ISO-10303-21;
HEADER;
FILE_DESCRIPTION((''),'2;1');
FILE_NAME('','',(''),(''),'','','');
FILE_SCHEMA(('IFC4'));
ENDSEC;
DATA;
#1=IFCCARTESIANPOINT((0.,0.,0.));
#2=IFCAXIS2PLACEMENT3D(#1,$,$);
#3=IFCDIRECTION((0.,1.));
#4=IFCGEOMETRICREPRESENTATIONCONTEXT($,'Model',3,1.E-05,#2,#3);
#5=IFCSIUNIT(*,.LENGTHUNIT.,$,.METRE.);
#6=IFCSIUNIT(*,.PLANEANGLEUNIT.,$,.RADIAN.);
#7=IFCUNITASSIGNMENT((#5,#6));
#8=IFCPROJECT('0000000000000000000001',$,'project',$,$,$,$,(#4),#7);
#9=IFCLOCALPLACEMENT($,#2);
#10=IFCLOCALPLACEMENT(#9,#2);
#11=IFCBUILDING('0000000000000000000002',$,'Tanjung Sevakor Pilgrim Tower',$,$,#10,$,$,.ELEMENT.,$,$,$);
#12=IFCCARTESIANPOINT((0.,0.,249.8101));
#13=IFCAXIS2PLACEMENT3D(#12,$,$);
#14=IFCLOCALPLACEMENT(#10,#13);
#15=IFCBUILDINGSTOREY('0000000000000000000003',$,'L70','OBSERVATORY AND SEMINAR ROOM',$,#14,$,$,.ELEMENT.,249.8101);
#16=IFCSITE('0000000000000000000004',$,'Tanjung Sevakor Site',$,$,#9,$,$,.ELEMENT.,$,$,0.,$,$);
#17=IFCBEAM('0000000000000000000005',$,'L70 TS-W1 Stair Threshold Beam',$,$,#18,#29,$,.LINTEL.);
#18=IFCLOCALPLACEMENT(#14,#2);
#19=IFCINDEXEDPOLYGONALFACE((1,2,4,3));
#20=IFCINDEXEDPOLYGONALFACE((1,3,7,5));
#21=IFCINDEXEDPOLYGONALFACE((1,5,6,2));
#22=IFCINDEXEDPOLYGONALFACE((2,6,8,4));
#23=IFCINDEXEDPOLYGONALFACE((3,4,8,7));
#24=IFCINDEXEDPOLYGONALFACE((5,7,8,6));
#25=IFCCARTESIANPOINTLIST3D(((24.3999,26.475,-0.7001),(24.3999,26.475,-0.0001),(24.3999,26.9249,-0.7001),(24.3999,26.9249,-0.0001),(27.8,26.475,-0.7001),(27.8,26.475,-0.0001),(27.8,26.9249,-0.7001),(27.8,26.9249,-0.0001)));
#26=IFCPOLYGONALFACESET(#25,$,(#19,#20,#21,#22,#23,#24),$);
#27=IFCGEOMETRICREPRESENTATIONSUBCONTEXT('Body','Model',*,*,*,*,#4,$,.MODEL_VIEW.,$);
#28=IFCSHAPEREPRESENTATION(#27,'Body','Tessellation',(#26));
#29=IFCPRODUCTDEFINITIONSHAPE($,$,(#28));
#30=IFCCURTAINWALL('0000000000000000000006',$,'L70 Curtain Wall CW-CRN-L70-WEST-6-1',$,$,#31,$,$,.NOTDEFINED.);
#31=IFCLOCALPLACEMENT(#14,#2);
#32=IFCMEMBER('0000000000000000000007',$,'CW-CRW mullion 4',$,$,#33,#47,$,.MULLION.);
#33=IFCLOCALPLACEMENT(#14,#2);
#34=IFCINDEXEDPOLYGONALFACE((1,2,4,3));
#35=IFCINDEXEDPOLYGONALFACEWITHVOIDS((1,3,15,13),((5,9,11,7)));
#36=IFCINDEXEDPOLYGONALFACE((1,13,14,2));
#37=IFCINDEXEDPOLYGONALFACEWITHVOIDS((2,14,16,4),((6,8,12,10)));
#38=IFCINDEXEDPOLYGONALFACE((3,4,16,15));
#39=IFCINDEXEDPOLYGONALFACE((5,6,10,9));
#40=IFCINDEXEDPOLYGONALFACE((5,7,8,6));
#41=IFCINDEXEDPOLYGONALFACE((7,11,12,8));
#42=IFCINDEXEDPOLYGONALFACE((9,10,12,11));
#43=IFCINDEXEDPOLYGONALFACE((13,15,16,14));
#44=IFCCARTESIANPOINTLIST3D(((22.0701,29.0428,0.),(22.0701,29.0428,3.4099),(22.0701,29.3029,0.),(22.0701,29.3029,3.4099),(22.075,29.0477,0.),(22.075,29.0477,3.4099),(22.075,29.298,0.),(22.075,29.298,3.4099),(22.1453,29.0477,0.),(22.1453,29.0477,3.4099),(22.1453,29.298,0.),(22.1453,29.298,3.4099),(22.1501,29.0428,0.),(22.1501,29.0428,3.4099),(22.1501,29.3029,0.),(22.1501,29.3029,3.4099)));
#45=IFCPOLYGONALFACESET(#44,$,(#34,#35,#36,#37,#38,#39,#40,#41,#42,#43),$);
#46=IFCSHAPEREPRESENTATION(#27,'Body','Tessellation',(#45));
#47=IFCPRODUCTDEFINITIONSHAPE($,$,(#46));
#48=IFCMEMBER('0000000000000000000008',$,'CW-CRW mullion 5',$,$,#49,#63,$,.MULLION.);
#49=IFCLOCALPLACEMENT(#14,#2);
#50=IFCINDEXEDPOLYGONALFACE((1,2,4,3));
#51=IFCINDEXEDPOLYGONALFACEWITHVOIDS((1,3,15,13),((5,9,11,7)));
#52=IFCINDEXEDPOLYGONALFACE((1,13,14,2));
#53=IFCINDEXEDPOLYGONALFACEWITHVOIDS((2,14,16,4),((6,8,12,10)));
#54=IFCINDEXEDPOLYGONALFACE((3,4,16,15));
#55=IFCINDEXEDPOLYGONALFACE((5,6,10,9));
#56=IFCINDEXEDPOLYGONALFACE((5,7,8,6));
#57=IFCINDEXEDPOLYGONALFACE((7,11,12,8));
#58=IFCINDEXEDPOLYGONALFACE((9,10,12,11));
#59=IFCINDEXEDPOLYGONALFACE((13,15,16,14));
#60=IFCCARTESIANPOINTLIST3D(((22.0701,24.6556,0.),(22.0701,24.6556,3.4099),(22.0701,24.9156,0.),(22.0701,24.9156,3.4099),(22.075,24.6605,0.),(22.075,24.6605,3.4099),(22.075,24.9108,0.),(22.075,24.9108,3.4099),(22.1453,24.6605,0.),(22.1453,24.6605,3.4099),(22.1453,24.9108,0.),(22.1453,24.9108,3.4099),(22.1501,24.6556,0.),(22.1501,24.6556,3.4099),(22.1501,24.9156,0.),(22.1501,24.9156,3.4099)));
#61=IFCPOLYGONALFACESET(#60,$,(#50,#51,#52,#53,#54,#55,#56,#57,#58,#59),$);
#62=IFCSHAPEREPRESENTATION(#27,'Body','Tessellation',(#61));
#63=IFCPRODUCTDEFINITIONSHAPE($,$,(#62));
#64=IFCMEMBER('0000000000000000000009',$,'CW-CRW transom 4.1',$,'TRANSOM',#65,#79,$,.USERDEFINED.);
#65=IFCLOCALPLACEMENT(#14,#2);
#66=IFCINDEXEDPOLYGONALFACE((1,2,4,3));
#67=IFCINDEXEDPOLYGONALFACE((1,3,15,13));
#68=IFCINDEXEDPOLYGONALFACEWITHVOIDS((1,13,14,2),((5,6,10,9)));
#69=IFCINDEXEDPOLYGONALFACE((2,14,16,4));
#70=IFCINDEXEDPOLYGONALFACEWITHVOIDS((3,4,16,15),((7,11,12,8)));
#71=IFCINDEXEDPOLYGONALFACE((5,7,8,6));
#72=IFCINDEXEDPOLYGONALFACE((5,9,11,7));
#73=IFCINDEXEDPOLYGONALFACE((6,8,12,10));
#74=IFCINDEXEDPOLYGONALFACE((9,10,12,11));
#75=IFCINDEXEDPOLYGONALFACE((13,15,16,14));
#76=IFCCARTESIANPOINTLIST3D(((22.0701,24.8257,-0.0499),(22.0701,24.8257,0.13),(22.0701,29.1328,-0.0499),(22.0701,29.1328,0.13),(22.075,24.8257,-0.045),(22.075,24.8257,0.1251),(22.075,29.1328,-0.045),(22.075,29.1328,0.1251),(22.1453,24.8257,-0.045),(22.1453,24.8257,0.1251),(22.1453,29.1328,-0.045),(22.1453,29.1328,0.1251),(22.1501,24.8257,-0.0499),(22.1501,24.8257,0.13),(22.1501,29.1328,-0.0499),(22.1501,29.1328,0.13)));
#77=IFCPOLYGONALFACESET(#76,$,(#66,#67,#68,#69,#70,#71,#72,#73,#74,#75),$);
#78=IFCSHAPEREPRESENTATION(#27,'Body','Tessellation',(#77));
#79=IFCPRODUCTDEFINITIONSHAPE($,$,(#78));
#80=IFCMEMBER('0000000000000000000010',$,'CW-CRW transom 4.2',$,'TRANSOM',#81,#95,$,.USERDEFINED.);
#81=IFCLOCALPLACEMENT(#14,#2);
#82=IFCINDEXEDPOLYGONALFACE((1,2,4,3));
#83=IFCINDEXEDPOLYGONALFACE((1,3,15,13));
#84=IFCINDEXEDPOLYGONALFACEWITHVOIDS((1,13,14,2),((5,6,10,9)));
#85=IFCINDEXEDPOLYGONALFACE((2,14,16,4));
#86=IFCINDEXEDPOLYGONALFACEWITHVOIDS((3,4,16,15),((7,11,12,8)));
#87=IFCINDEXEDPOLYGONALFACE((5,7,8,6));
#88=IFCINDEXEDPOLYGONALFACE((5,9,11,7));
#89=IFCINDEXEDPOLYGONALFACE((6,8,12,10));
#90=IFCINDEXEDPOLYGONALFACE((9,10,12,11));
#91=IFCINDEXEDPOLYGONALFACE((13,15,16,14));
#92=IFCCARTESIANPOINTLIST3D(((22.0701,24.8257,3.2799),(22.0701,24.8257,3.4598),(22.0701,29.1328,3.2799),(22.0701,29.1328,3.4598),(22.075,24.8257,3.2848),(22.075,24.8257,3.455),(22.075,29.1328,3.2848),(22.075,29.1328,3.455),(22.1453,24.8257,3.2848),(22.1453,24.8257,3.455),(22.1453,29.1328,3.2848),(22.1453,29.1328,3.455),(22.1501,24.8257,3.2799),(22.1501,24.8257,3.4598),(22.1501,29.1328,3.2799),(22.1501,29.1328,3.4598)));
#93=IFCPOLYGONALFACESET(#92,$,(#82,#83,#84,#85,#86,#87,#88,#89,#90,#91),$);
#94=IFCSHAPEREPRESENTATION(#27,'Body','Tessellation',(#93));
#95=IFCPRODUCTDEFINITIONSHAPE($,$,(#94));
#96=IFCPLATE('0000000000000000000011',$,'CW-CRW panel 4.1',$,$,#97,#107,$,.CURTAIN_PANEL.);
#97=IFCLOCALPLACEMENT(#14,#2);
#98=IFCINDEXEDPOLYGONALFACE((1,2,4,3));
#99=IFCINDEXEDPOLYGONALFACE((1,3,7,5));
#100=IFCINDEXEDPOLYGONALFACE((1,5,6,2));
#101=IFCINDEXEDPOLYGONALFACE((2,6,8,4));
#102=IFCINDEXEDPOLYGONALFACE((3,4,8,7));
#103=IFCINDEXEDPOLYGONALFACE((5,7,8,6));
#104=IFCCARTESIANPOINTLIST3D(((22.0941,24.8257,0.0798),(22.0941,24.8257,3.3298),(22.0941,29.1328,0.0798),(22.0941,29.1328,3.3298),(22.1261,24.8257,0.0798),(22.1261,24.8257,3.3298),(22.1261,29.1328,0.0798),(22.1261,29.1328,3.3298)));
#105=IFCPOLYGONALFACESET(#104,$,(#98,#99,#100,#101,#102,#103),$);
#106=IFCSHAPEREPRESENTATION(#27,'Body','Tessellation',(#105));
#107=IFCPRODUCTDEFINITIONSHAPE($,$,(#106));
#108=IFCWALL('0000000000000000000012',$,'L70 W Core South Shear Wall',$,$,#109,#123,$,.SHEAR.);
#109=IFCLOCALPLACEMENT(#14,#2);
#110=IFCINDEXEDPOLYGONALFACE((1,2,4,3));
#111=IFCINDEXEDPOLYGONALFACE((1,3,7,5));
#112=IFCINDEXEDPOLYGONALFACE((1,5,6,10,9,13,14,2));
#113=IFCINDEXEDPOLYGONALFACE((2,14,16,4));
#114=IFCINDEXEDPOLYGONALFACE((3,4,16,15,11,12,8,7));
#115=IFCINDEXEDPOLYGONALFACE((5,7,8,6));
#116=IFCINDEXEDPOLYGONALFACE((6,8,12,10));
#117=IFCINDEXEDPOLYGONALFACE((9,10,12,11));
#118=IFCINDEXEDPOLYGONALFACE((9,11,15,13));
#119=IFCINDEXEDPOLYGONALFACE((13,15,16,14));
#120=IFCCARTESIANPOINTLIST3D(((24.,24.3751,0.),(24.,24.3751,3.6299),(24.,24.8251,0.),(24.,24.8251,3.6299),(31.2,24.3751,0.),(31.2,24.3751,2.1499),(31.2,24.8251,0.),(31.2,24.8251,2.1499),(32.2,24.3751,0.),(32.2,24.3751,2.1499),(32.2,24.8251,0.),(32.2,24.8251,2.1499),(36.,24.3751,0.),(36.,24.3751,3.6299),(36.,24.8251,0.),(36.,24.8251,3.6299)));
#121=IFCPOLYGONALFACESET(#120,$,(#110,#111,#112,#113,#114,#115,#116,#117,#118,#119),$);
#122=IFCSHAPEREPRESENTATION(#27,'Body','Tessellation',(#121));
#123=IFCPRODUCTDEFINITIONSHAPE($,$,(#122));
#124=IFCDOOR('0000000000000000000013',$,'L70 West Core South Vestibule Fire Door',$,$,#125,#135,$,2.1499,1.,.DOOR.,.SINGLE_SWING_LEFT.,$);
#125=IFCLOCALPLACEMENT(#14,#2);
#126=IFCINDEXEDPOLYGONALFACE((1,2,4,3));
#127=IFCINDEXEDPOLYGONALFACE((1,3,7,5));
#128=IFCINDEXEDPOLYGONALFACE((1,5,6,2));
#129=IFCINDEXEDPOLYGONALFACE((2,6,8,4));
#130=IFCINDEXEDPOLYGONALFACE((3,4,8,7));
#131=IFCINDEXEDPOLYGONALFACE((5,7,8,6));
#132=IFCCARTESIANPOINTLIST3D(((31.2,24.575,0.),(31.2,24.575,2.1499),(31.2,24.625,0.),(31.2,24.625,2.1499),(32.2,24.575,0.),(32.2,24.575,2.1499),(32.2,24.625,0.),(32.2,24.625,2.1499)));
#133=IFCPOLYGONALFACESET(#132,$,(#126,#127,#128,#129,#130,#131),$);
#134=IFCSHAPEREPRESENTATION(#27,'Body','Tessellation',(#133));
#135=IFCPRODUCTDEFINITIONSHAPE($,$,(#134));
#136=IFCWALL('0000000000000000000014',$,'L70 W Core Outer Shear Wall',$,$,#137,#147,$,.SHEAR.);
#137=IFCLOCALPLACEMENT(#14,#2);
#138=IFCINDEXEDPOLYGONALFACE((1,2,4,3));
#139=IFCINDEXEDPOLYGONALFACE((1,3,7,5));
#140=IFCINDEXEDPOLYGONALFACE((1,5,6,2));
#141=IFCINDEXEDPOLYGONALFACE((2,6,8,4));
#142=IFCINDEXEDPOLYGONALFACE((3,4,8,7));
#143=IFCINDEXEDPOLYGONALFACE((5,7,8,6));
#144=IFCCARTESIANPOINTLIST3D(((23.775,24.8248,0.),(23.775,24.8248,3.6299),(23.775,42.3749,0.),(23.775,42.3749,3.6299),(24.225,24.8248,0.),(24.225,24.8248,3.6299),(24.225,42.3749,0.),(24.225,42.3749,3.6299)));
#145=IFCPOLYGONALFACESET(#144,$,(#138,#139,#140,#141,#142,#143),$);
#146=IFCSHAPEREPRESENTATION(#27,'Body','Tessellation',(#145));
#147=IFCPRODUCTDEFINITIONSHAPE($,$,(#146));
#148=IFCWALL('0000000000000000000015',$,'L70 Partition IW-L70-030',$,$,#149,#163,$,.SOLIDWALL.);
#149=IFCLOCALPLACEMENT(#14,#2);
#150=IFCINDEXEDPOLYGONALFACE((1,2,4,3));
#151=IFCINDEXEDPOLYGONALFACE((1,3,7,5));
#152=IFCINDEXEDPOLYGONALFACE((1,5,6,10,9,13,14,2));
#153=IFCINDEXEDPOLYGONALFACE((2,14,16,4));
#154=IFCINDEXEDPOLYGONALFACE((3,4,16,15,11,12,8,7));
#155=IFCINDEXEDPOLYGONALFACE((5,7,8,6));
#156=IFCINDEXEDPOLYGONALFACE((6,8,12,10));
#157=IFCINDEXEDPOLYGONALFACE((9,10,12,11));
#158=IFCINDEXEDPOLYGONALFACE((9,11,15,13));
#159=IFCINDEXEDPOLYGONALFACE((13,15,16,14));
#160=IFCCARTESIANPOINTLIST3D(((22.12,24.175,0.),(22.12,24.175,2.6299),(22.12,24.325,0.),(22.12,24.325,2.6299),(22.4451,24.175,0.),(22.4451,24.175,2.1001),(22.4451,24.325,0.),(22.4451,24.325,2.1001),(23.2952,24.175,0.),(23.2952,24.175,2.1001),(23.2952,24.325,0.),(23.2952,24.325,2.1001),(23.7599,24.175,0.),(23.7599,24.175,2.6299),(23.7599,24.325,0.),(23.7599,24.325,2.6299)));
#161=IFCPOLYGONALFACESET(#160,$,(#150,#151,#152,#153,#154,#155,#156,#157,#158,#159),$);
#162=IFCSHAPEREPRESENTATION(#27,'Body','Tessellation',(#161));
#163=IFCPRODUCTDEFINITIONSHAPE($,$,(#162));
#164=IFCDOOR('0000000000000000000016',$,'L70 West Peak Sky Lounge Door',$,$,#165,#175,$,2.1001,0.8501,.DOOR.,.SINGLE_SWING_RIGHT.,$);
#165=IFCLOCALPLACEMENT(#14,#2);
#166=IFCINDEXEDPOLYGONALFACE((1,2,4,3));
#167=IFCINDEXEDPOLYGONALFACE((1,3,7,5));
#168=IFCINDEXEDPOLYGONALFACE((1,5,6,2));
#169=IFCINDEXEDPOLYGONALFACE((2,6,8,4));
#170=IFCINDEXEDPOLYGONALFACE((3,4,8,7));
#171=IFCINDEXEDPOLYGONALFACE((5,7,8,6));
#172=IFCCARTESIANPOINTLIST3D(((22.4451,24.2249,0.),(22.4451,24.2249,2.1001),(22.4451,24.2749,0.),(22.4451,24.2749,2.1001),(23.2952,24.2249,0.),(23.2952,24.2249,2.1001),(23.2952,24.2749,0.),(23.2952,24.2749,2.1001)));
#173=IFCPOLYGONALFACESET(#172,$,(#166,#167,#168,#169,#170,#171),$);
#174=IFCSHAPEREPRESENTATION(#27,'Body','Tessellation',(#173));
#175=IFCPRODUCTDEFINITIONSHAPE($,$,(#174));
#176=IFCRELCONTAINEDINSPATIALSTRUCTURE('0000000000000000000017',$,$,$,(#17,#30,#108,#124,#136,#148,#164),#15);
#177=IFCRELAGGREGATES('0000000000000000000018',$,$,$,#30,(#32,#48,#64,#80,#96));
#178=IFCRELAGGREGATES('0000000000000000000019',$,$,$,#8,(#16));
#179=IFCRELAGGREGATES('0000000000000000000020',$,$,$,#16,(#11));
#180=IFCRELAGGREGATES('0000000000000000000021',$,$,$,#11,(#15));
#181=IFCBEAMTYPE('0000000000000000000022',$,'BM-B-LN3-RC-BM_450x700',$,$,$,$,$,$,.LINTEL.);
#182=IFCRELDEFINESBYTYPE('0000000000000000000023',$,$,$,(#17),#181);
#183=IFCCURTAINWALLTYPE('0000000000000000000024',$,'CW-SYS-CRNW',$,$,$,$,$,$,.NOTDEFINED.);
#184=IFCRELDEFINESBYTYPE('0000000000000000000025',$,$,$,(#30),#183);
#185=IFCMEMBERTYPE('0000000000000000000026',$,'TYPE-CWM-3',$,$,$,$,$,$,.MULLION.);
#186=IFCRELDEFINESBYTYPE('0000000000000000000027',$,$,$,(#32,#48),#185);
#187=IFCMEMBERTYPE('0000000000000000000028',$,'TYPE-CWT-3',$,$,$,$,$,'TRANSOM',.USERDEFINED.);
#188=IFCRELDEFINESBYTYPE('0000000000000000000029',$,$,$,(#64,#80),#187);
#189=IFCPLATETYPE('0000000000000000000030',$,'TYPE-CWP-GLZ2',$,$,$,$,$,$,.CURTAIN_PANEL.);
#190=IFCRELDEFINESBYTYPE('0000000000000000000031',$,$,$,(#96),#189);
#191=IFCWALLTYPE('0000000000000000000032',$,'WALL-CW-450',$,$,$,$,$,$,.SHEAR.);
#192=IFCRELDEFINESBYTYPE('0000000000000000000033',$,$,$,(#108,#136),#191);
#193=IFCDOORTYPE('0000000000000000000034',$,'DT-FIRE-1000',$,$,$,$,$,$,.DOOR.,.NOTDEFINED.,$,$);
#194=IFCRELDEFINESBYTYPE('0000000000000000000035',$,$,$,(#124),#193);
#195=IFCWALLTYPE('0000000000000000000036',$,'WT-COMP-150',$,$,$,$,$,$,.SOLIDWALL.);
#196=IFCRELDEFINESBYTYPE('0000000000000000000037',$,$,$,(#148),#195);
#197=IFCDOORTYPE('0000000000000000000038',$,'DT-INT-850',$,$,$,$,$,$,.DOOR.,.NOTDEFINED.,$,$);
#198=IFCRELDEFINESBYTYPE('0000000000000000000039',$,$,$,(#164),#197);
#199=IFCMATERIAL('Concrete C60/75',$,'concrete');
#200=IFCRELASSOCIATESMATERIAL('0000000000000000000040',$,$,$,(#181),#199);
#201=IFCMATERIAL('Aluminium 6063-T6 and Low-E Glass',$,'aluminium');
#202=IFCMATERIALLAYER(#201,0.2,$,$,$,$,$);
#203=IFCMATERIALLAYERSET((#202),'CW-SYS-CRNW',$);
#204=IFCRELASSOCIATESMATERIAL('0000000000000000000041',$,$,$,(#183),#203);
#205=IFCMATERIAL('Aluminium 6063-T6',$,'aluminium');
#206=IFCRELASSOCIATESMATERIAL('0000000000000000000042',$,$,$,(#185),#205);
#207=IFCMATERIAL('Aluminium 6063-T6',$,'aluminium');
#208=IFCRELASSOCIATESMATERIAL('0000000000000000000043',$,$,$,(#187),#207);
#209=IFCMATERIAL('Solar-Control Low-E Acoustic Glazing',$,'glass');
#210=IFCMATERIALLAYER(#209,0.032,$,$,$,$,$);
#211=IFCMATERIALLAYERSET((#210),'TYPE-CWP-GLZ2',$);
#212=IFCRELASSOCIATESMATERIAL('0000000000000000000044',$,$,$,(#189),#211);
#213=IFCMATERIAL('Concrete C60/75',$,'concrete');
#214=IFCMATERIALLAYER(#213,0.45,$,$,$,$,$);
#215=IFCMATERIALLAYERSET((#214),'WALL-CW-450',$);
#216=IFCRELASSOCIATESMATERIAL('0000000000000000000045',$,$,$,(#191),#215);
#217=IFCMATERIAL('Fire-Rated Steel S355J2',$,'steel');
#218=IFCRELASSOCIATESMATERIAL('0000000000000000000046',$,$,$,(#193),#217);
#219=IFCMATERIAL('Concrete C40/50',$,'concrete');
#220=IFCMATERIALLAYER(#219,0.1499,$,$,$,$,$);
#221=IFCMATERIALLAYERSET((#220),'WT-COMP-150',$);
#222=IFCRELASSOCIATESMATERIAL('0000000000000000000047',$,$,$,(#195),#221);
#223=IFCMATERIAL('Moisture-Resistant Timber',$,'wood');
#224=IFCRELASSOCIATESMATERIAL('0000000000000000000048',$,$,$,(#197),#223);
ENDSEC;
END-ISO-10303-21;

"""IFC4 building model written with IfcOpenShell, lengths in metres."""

from ifc_helpers import new_model, si_unit, direction, frame, frame_2d, origin, origin_2d, place, context, subcontext, project, spatial, rectangle, hollow_rectangle, extrude, material, layer, layer_set, material_profile, profile_set, type_object, element, fill, aggregate, save


model = new_model("IFC4")

# Units and contexts
model_context = context("Model", 3, precision=1e-05, world=origin(), true_north=direction((0.0, 1.0)))
body_context = subcontext(model_context, "Body", "Model", "MODEL_VIEW")
ifc_project = project(units=[si_unit("LENGTHUNIT", "METRE"), si_unit("PLANEANGLEUNIT", "RADIAN")], contexts=[model_context])

# Site, building, storey
site_placement = place(None, origin())
site = spatial("IfcSite", under=ifc_project, at=site_placement, Name="Tanjung Sevakor Site", CompositionType="ELEMENT", RefElevation=0.0)
building_placement = place(site_placement, origin())
building = spatial("IfcBuilding", under=site, at=building_placement, Name="Tanjung Sevakor Pilgrim Tower", CompositionType="ELEMENT")
storey_placement = place(building_placement, frame((0.0, 0.0, 249.8101)))
storey = spatial("IfcBuildingStorey", under=building, at=storey_placement, Name="L70", Description="OBSERVATORY AND SEMINAR ROOM", CompositionType="ELEMENT", Elevation=249.8101)

# Beam
ifc_material_1 = material(Name="Concrete C60/75", Category="concrete")
ifc_material_profile_1 = material_profile(ifc_material_1, rectangle(XDim=0.45, YDim=0.7, at=origin_2d()))
ifc_profile_set_1 = profile_set([ifc_material_profile_1], Name="Concrete C60/75")
beam_type = type_object("IfcBeamType", Name="BM-B-LN3-RC-BM_450x700", PredefinedType="LINTEL", material=ifc_profile_set_1)
beam_placement = place(storey_placement, frame((24.3999, 26.7, -0.3501), z_axis=(1.0, 0.0, 0.0), x_axis=(0.0, 1.0, 0.0)))
element("IfcBeam", 1, at=beam_placement, inside=storey, type_object=beam_type, Name="L70 TS-W1 Stair Threshold Beam", PredefinedType="LINTEL", context=body_context, shape_type="SweptSolid", body=[
    extrude(rectangle(XDim=0.45, YDim=0.7, at=origin_2d()), origin(), (0.0, 0.0, 1.0), 3.4001),
])

# Curtain wall, members, plate
ifc_material_2 = material(Name="Aluminium 6063-T6 and Low-E Glass", Category="aluminium")
ifc_layer_1 = layer(ifc_material_2, 0.2)
ifc_layer_set_1 = layer_set([ifc_layer_1], Name="CW-SYS-CRNW")
curtain_wall_type = type_object("IfcCurtainWallType", Name="CW-SYS-CRNW", PredefinedType="NOTDEFINED", material=ifc_layer_set_1)
curtain_wall_placement = place(storey_placement, origin())
curtain_wall = element("IfcCurtainWall", 2, at=curtain_wall_placement, inside=storey, type_object=curtain_wall_type, Name="L70 Curtain Wall CW-CRN-L70-WEST-6-1", PredefinedType="NOTDEFINED")
ifc_material_3 = material(Name="Aluminium 6063-T6", Category="aluminium")
ifc_material_profile_2 = material_profile(ifc_material_3, hollow_rectangle(XDim=0.0801, YDim=0.26, WallThickness=0.0049, at=origin_2d()))
ifc_profile_set_2 = profile_set([ifc_material_profile_2], Name="Aluminium 6063-T6")
member_type_1 = type_object("IfcMemberType", Name="TYPE-CWM-3", PredefinedType="MULLION", material=ifc_profile_set_2)
member_1_placement = place(storey_placement, frame((22.1101, 29.1729, 0.0), z_axis=(0.0, 0.0, 1.0), x_axis=(1.0, 0.0, 0.0)))
member_1 = element("IfcMember", 3, at=member_1_placement, type_object=member_type_1, Name="CW-CRW mullion 4", PredefinedType="MULLION", context=body_context, shape_type="SweptSolid", body=[
    extrude(hollow_rectangle(XDim=0.0801, YDim=0.26, WallThickness=0.0049, at=origin_2d()), origin(), (0.0, 0.0, 1.0), 3.4099),
])
member_2_placement = place(storey_placement, frame((22.1101, 24.7856, 0.0), z_axis=(0.0, 0.0, 1.0), x_axis=(1.0, 0.0, 0.0)))
member_2 = element("IfcMember", 4, at=member_2_placement, type_object=member_type_1, Name="CW-CRW mullion 5", PredefinedType="MULLION", context=body_context, shape_type="SweptSolid", body=[
    extrude(hollow_rectangle(XDim=0.0801, YDim=0.26, WallThickness=0.0049, at=origin_2d()), origin(), (0.0, 0.0, 1.0), 3.4099),
])
ifc_material_4 = material(Name="Aluminium 6063-T6", Category="aluminium")
ifc_material_profile_3 = material_profile(ifc_material_4, hollow_rectangle(XDim=0.0801, YDim=0.1799, WallThickness=0.0049, at=origin_2d()))
ifc_profile_set_3 = profile_set([ifc_material_profile_3], Name="Aluminium 6063-T6")
member_type_2 = type_object("IfcMemberType", Name="TYPE-CWT-3", ElementType="TRANSOM", PredefinedType="USERDEFINED", material=ifc_profile_set_3)
member_3_placement = place(storey_placement, frame((22.1101, 29.1328, 0.04), z_axis=(0.0, -1.0, 0.0), x_axis=(1.0, 0.0, 0.0)))
member_3 = element("IfcMember", 5, at=member_3_placement, type_object=member_type_2, Name="CW-CRW transom 4.1", ObjectType="TRANSOM", PredefinedType="USERDEFINED", context=body_context, shape_type="SweptSolid", body=[
    extrude(hollow_rectangle(XDim=0.0801, YDim=0.1799, WallThickness=0.0049, at=origin_2d()), origin(), (0.0, 0.0, 1.0), 4.3071),
])
member_4_placement = place(storey_placement, frame((22.1101, 29.1328, 3.3699), z_axis=(0.0, -1.0, 0.0), x_axis=(1.0, 0.0, 0.0)))
member_4 = element("IfcMember", 6, at=member_4_placement, type_object=member_type_2, Name="CW-CRW transom 4.2", ObjectType="TRANSOM", PredefinedType="USERDEFINED", context=body_context, shape_type="SweptSolid", body=[
    extrude(hollow_rectangle(XDim=0.0801, YDim=0.1799, WallThickness=0.0049, at=origin_2d()), origin(), (0.0, 0.0, 1.0), 4.3071),
])
ifc_material_5 = material(Name="Solar-Control Low-E Acoustic Glazing", Category="glass")
ifc_layer_2 = layer(ifc_material_5, 0.032)
ifc_layer_set_2 = layer_set([ifc_layer_2], Name="TYPE-CWP-GLZ2")
plate_type = type_object("IfcPlateType", Name="TYPE-CWP-GLZ2", PredefinedType="CURTAIN_PANEL", material=ifc_layer_set_2)
plate_placement = place(storey_placement, frame((22.1101, 26.9792, 0.0798), z_axis=(0.0, 0.0, 1.0), x_axis=(0.0, -1.0, 0.0)))
plate = element("IfcPlate", 7, at=plate_placement, type_object=plate_type, Name="CW-CRW panel 4.1", PredefinedType="CURTAIN_PANEL", context=body_context, shape_type="SweptSolid", body=[
    extrude(rectangle(XDim=4.3071, YDim=0.032, at=origin_2d()), origin(), (0.0, 0.0, 1.0), 3.25),
])
aggregate(curtain_wall, [member_1, member_2, member_3, member_4, plate])

# Wall, opening, door
ifc_material_6 = material(Name="Concrete C60/75", Category="concrete")
ifc_layer_3 = layer(ifc_material_6, 0.45)
ifc_layer_set_3 = layer_set([ifc_layer_3], Name="WALL-CW-450")
wall_type_1 = type_object("IfcWallType", Name="WALL-CW-450", PredefinedType="SHEAR", material=ifc_layer_set_3)
wall_1_placement = place(storey_placement, frame((24.0, 24.6001, 0.0), z_axis=(0.0, 0.0, 1.0), x_axis=(1.0, 0.0, 0.0)))
wall_1 = element("IfcWall", 8, at=wall_1_placement, inside=storey, type_object=wall_type_1, Name="L70 W Core South Shear Wall", PredefinedType="SHEAR", context=body_context, shape_type="SweptSolid", body=[
    extrude(rectangle(XDim=12.0, YDim=0.45, at=frame_2d((6.0, 0.0))), origin(), (0.0, 0.0, 1.0), 3.6299),
])
opening_1_placement = place(wall_1_placement, frame((7.2, 0.0, 0.0)))
opening_1 = element("IfcOpeningElement", 9, at=opening_1_placement, cuts=wall_1, PredefinedType="OPENING", context=body_context, shape_type="SweptSolid", body=[
    extrude(rectangle(XDim=1.0, YDim=2.1499, at=frame_2d((0.5, 1.075))), frame((0.0, 0.2349, 0.0), z_axis=(0.0, -1.0, 0.0), x_axis=(1.0, 0.0, 0.0)), (0.0, 0.0, 1.0), 0.47),
])
ifc_material_7 = material(Name="Fire-Rated Steel S355J2", Category="steel")
door_type_1 = type_object("IfcDoorType", Name="DT-FIRE-1000", OperationType="NOTDEFINED", PredefinedType="DOOR", material=ifc_material_7)
door_1_placement = place(opening_1_placement, origin())
door_1 = element("IfcDoor", 10, at=door_1_placement, inside=storey, type_object=door_type_1, Name="L70 West Core South Vestibule Fire Door", OperationType="SINGLE_SWING_LEFT", OverallHeight=2.1499, OverallWidth=1.0, PredefinedType="DOOR", context=body_context, shape_type="SweptSolid", body=[
    extrude(rectangle(XDim=1.0, YDim=2.1499, at=frame_2d((0.5, 1.075))), frame((0.0, 0.0249, 0.0), z_axis=(0.0, -1.0, 0.0), x_axis=(1.0, 0.0, 0.0)), (0.0, 0.0, 1.0), 0.05),
])
fill(opening_1, door_1)

# Wall
wall_2_placement = place(storey_placement, frame((24.0, 24.825, 0.0), z_axis=(0.0, 0.0, 1.0), x_axis=(0.0, 1.0, 0.0)))
element("IfcWall", 11, at=wall_2_placement, inside=storey, type_object=wall_type_1, Name="L70 W Core Outer Shear Wall", PredefinedType="SHEAR", context=body_context, shape_type="SweptSolid", body=[
    extrude(rectangle(XDim=17.55, YDim=0.45, at=frame_2d((8.7749, 0.0))), origin(), (0.0, 0.0, 1.0), 3.6299),
])

# Wall, opening, door
ifc_material_8 = material(Name="Concrete C40/50", Category="concrete")
ifc_layer_4 = layer(ifc_material_8, 0.1499)
ifc_layer_set_4 = layer_set([ifc_layer_4], Name="WT-COMP-150")
wall_type_2 = type_object("IfcWallType", Name="WT-COMP-150", PredefinedType="SOLIDWALL", material=ifc_layer_set_4)
wall_3_placement = place(storey_placement, frame((22.1201, 24.25, 0.0), z_axis=(0.0, 0.0, 1.0), x_axis=(1.0, 0.0, 0.0)))
wall_3 = element("IfcWall", 12, at=wall_3_placement, inside=storey, type_object=wall_type_2, Name="L70 Partition IW-L70-030", PredefinedType="SOLIDWALL", context=body_context, shape_type="SweptSolid", body=[
    extrude(rectangle(XDim=1.6399, YDim=0.1499, at=frame_2d((0.8198, 0.0))), origin(), (0.0, 0.0, 1.0), 2.6299),
])
opening_2_placement = place(wall_3_placement, frame((0.325, 0.0, 0.0)))
opening_2 = element("IfcOpeningElement", 13, at=opening_2_placement, cuts=wall_3, PredefinedType="OPENING", context=body_context, shape_type="SweptSolid", body=[
    extrude(rectangle(XDim=0.8501, YDim=2.1001, at=frame_2d((0.425, 1.05))), frame((0.0, 0.085, 0.0), z_axis=(0.0, -1.0, 0.0), x_axis=(1.0, 0.0, 0.0)), (0.0, 0.0, 1.0), 0.1699),
])
ifc_material_9 = material(Name="Moisture-Resistant Timber", Category="wood")
door_type_2 = type_object("IfcDoorType", Name="DT-INT-850", OperationType="NOTDEFINED", PredefinedType="DOOR", material=ifc_material_9)
door_2_placement = place(opening_2_placement, origin())
door_2 = element("IfcDoor", 14, at=door_2_placement, inside=storey, type_object=door_type_2, Name="L70 West Peak Sky Lounge Door", OperationType="SINGLE_SWING_RIGHT", OverallHeight=2.1001, OverallWidth=0.8501, PredefinedType="DOOR", context=body_context, shape_type="SweptSolid", body=[
    extrude(rectangle(XDim=0.8501, YDim=2.1001, at=frame_2d((0.425, 1.05))), frame((0.0, 0.0249, 0.0), z_axis=(0.0, -1.0, 0.0), x_axis=(1.0, 0.0, 0.0)), (0.0, 0.0, 1.0), 0.05),
])
fill(opening_2, door_2)

save(model, "model.ifc")
